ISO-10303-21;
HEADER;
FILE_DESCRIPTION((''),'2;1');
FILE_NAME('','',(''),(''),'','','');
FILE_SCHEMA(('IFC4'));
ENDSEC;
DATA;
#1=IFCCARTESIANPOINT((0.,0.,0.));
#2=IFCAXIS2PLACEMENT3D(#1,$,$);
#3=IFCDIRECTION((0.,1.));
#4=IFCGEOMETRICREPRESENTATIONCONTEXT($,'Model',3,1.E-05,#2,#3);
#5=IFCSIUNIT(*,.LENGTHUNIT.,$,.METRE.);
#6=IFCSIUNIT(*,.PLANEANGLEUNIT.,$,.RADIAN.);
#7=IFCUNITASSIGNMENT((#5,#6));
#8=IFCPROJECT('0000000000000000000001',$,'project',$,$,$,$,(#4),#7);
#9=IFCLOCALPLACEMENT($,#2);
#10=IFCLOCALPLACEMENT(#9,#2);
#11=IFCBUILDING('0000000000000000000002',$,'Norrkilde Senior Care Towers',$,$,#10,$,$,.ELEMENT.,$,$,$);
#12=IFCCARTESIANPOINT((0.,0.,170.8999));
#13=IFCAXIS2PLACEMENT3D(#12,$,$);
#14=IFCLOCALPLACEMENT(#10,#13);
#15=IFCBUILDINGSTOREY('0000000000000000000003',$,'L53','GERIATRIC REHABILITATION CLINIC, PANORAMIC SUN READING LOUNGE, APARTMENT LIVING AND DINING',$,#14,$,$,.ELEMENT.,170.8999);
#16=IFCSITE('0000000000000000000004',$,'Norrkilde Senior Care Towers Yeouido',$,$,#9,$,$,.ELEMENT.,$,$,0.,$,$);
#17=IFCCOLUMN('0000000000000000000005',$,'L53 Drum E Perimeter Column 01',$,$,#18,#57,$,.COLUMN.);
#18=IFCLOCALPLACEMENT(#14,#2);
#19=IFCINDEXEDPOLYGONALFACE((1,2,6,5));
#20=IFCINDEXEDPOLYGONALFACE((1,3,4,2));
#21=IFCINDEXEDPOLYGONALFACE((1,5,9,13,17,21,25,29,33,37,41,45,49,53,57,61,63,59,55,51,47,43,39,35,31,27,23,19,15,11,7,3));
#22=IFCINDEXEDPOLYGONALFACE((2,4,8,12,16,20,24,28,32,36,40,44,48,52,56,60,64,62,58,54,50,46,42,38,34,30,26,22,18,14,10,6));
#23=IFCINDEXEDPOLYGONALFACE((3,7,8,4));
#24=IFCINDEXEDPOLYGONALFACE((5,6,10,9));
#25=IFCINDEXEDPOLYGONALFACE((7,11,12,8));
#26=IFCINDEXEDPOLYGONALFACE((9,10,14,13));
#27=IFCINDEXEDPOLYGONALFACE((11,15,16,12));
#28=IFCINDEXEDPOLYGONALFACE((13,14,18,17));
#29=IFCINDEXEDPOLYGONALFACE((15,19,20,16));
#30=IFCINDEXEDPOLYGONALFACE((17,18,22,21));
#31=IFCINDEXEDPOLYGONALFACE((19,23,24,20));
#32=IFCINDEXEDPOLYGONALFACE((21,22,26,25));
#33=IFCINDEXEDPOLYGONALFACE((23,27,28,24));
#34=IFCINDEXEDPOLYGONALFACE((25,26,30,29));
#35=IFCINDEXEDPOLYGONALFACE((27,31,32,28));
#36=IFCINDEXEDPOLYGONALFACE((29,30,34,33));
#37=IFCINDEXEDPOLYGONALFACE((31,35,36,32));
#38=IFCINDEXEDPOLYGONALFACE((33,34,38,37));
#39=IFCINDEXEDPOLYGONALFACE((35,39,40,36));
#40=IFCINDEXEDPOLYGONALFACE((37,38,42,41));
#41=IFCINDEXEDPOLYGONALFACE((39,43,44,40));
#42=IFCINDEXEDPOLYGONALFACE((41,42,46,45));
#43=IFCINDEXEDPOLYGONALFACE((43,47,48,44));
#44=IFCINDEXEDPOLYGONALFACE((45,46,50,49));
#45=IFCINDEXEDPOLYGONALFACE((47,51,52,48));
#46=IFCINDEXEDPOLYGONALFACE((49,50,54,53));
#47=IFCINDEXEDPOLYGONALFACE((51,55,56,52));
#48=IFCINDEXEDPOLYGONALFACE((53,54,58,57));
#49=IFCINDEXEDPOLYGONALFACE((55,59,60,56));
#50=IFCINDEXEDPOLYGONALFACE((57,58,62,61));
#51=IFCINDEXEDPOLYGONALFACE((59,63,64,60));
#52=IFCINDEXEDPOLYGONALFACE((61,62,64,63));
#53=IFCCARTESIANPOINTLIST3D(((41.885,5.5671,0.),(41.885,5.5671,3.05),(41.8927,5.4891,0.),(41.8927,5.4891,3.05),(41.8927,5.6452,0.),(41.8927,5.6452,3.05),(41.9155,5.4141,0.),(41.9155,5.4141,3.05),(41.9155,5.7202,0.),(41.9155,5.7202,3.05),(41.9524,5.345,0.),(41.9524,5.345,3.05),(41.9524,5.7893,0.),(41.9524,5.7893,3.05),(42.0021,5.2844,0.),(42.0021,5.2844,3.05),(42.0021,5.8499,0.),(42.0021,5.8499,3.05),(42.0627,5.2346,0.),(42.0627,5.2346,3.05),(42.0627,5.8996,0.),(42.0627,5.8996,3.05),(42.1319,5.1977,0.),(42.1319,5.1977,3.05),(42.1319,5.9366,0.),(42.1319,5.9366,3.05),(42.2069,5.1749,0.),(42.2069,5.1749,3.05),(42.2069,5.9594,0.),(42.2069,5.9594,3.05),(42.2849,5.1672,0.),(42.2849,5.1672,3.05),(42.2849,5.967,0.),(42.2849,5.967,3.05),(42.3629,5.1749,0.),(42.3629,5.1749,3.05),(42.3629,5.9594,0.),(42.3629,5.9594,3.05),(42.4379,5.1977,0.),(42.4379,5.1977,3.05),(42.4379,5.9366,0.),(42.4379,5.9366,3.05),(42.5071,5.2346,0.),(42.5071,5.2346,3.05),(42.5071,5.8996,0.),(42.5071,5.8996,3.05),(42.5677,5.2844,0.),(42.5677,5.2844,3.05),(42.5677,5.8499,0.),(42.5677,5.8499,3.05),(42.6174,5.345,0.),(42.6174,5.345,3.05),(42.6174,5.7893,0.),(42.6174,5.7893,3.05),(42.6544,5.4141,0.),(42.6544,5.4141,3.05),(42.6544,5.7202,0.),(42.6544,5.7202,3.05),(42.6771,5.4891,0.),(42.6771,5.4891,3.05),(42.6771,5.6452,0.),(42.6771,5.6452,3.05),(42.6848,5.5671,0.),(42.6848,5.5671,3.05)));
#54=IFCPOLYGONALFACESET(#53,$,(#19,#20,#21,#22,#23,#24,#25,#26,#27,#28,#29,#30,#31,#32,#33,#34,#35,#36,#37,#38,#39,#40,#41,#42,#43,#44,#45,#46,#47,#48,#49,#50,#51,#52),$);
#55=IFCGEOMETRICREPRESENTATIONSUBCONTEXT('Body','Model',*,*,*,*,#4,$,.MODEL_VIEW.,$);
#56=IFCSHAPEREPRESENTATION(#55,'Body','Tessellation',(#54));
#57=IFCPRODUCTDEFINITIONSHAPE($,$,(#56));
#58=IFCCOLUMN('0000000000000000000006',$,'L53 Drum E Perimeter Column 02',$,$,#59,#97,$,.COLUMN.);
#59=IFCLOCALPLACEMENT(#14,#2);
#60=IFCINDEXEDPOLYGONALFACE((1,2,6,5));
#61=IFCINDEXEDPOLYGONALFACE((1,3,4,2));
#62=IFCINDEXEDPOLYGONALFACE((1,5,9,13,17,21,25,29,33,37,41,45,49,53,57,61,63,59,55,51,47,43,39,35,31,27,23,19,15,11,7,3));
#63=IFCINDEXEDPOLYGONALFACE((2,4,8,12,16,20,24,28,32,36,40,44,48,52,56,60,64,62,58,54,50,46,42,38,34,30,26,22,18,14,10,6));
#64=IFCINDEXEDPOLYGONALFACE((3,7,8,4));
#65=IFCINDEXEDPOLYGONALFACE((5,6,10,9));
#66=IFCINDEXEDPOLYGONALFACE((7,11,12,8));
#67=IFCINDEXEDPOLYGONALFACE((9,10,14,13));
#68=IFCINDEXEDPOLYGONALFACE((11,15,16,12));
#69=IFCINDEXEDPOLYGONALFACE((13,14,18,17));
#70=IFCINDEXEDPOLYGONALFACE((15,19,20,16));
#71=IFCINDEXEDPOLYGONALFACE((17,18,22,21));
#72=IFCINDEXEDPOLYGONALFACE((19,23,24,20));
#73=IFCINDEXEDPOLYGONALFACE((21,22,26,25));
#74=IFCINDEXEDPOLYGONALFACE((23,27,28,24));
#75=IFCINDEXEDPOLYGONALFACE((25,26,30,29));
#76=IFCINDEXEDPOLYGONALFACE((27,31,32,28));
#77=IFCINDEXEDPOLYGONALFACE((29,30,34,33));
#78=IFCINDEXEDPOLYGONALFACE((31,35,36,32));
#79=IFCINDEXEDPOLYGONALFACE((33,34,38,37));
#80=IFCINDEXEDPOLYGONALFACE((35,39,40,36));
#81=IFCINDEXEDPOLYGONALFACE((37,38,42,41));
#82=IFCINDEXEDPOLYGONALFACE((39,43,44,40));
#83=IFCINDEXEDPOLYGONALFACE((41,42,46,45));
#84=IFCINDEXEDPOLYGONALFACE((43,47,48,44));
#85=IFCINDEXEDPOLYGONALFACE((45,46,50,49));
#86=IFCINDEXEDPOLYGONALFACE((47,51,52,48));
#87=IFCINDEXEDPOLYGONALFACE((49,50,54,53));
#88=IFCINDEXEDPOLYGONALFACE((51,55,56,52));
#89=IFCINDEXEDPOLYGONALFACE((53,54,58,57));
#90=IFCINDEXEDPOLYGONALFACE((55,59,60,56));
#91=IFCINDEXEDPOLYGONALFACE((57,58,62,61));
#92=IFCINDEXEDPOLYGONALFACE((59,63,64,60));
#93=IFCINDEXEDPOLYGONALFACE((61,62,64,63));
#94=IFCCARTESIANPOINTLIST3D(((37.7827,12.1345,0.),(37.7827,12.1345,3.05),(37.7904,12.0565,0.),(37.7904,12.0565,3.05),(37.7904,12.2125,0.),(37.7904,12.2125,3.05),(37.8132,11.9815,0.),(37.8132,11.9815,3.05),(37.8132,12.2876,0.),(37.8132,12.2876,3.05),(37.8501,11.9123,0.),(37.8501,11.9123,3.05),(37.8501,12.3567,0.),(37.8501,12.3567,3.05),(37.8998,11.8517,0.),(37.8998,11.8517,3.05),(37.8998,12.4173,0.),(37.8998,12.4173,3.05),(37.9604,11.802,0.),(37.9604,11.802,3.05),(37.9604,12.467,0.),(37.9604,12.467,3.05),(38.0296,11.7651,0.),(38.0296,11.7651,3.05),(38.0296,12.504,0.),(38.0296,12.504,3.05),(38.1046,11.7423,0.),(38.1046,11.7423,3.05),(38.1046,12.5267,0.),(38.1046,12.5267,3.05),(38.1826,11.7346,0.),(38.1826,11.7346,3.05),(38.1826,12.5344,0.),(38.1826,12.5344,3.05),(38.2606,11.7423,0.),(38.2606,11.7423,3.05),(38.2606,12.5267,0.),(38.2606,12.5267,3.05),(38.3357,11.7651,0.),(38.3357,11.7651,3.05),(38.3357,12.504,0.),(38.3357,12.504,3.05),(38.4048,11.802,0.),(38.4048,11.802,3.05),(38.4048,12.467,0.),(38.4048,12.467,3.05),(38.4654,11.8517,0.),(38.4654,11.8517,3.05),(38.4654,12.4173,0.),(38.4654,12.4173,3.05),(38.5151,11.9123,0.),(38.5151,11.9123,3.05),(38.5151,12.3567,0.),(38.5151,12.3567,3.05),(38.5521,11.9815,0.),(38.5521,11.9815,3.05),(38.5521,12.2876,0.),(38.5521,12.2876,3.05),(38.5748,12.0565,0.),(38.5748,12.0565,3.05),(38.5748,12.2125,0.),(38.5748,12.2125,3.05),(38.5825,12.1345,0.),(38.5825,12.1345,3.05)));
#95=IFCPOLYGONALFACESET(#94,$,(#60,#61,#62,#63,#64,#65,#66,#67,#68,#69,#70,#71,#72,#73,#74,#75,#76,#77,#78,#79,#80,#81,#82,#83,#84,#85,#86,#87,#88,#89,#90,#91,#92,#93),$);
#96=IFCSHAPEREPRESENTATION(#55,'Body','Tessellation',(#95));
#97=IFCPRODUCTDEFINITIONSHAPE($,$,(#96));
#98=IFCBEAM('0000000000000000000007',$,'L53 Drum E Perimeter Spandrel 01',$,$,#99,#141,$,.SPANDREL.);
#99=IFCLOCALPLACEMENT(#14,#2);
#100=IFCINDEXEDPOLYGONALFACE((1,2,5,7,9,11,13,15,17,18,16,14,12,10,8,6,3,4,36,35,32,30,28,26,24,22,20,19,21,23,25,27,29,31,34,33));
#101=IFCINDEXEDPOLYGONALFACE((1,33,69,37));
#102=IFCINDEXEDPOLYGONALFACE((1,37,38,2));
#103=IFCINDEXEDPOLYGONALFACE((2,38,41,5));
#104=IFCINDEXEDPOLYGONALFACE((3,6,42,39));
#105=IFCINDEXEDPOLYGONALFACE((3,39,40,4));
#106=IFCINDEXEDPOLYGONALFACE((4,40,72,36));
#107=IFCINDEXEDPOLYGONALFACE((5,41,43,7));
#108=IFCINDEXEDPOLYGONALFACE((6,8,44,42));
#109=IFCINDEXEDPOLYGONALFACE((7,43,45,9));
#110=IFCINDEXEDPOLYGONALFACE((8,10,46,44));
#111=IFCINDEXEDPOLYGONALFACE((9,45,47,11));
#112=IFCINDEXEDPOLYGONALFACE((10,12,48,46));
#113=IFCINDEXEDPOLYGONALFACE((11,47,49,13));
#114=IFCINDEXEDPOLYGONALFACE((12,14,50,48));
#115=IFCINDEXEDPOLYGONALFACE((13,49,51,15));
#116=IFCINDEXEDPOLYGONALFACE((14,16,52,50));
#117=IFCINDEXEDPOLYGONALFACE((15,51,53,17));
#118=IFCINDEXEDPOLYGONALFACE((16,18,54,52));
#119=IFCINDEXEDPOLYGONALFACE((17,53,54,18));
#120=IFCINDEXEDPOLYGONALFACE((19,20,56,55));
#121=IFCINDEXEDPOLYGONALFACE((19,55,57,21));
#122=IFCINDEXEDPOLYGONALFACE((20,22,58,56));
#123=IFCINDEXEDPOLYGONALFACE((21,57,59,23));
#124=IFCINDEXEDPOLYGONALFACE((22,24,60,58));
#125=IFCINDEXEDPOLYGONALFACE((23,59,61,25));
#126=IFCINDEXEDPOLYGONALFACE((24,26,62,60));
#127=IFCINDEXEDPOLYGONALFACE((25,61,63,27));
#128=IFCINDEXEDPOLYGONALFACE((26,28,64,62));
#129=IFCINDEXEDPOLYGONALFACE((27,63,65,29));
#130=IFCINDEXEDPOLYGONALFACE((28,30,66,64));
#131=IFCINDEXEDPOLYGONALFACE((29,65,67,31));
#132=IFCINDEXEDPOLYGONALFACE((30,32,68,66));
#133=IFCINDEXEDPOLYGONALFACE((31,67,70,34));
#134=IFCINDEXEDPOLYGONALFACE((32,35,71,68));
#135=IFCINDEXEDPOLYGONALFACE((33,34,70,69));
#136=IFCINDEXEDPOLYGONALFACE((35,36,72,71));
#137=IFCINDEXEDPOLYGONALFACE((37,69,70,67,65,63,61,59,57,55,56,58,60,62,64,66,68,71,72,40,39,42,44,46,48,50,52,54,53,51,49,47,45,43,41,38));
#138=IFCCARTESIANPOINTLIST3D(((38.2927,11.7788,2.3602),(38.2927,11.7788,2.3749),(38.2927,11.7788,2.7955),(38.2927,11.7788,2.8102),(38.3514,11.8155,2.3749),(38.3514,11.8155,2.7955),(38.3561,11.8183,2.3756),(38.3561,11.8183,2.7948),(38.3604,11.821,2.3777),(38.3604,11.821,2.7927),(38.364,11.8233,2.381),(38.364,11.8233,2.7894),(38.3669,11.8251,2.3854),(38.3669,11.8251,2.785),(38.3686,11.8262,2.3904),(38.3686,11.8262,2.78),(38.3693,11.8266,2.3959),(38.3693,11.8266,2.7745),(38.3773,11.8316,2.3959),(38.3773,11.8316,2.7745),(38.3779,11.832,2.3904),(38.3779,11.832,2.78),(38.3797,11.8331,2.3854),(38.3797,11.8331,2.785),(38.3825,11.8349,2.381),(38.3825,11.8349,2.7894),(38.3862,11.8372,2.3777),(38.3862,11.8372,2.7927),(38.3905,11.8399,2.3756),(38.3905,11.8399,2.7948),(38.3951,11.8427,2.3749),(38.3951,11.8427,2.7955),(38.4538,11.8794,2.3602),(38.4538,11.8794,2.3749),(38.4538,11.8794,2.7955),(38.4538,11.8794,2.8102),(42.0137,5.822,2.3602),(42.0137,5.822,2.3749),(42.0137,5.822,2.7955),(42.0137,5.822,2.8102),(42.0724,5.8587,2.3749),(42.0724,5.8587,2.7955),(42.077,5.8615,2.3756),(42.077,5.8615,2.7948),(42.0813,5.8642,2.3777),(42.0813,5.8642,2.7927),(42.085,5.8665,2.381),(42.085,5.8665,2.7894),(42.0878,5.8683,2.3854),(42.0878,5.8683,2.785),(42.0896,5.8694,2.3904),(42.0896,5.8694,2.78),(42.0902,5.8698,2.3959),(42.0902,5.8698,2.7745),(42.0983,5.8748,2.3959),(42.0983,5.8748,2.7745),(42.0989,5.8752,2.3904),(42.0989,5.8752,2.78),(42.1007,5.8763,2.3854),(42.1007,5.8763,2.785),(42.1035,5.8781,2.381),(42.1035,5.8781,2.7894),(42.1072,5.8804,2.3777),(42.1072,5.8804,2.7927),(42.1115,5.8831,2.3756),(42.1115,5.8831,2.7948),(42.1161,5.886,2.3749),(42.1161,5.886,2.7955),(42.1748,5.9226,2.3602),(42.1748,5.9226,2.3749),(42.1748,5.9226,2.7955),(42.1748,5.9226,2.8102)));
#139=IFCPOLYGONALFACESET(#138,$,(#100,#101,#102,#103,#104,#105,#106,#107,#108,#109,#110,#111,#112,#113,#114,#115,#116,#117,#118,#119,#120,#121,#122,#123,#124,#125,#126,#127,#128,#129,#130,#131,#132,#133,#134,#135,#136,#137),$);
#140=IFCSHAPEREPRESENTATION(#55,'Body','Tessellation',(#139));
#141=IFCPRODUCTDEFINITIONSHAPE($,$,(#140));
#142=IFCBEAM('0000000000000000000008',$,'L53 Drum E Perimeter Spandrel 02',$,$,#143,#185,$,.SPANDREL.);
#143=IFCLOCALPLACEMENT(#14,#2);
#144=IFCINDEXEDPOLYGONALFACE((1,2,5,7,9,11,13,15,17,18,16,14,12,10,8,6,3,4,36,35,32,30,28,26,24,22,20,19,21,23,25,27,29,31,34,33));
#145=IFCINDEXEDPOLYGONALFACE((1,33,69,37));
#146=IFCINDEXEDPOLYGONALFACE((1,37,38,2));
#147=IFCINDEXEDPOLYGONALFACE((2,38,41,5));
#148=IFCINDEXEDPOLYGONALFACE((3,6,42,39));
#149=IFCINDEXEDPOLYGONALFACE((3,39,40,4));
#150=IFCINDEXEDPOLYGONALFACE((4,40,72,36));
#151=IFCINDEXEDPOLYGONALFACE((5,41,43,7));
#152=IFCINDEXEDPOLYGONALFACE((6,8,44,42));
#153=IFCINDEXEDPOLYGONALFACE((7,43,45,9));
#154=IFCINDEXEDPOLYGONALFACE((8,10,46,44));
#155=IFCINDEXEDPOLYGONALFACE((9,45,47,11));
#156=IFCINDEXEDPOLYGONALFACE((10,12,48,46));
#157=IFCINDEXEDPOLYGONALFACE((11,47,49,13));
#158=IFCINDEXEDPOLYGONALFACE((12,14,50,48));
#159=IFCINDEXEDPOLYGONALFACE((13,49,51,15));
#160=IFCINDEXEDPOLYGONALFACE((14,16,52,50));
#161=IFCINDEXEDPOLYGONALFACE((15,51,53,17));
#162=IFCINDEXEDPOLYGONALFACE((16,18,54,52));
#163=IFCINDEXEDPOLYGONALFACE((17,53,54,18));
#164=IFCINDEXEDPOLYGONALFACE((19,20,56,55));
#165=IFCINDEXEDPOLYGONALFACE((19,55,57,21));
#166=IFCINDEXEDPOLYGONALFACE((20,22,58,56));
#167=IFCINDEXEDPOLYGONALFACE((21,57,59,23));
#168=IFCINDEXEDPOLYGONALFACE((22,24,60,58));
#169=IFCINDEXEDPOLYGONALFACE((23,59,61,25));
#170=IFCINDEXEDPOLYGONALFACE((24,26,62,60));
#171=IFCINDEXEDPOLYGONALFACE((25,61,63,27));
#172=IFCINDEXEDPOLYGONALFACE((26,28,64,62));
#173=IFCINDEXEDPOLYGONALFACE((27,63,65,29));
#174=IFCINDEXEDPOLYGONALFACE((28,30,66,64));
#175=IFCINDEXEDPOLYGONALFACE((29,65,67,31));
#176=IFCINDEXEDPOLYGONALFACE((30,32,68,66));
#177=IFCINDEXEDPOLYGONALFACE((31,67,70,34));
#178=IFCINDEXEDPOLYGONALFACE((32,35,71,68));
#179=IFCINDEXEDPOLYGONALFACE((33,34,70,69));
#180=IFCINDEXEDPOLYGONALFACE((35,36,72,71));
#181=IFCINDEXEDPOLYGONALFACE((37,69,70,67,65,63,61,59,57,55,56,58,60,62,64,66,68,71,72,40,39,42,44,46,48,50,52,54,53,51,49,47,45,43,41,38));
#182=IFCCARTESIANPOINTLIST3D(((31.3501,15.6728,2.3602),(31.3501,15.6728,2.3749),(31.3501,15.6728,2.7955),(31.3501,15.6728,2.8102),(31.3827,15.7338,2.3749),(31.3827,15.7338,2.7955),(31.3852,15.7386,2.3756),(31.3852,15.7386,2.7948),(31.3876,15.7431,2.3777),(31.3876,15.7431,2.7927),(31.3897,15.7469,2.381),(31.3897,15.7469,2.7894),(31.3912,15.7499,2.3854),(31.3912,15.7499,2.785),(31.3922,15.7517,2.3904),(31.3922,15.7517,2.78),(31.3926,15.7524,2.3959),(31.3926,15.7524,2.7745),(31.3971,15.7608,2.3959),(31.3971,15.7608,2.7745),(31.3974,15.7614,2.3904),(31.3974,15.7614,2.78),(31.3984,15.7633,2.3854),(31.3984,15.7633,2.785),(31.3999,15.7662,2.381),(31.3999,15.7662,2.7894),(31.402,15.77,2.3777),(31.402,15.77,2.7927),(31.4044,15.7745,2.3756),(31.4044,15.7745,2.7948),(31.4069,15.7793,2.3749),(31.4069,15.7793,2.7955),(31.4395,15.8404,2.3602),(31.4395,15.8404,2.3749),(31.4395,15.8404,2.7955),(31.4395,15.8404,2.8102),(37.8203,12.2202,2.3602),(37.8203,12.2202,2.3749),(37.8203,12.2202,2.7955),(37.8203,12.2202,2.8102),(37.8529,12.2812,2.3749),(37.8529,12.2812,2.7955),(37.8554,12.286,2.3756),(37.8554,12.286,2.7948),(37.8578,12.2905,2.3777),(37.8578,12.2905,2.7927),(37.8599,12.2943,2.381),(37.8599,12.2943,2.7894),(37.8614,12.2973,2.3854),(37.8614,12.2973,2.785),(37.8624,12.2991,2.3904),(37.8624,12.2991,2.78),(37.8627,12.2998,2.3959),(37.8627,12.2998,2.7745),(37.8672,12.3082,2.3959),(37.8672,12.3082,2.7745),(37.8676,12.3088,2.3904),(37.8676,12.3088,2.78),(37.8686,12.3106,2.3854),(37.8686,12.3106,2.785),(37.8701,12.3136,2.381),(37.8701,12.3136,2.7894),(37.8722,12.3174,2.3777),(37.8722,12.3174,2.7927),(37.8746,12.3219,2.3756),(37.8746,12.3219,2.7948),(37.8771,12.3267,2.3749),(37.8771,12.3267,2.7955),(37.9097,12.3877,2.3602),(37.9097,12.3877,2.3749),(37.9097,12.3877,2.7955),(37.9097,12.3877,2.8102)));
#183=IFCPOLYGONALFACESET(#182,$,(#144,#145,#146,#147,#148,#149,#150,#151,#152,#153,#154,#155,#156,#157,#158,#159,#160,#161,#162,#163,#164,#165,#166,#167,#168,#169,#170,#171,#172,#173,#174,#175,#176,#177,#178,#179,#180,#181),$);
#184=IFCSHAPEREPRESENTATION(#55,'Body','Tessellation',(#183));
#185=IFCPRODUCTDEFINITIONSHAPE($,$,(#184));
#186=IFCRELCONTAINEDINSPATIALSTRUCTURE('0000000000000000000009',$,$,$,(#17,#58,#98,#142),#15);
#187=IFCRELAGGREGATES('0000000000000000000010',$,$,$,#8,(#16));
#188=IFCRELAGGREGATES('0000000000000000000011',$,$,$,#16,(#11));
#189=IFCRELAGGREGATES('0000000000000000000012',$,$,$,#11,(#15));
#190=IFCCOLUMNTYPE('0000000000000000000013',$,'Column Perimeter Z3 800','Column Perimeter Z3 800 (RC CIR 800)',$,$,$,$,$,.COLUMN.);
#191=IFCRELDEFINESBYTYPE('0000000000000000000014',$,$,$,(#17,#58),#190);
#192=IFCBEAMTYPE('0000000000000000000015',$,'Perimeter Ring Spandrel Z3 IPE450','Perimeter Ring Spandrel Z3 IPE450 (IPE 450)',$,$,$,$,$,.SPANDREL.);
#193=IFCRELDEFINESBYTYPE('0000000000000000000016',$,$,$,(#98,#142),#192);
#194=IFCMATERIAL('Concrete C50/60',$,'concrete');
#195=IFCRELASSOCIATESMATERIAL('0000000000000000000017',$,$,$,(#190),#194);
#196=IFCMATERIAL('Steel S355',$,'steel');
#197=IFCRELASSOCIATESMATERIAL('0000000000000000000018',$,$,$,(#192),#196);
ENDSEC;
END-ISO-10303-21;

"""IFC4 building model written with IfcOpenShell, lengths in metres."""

from ifc_helpers import new_model, si_unit, direction, frame, origin, origin_2d, place, context, subcontext, project, spatial, circle, i_section, extrude, source, transform, mapped, material, material_profile, profile_set, type_object, type_shapes, element, save


model = new_model("IFC4")

# Units and contexts
model_context = context("Model", 3, precision=1e-05, world=origin(), true_north=direction((0.0, 1.0)))
body_context = subcontext(model_context, "Body", "Model", "MODEL_VIEW")
ifc_project = project(units=[si_unit("LENGTHUNIT", "METRE"), si_unit("PLANEANGLEUNIT", "RADIAN")], contexts=[model_context])

# Site, building, storey
site_placement = place(None, origin())
site = spatial("IfcSite", under=ifc_project, at=site_placement, Name="Norrkilde Senior Care Towers Yeouido", CompositionType="ELEMENT", RefElevation=0.0)
building_placement = place(site_placement, origin())
building = spatial("IfcBuilding", under=site, at=building_placement, Name="Norrkilde Senior Care Towers", CompositionType="ELEMENT")
storey_placement = place(building_placement, frame((0.0, 0.0, 170.8999)))
storey = spatial("IfcBuildingStorey", under=building, at=storey_placement, Name="L53", Description="GERIATRIC REHABILITATION CLINIC, PANORAMIC SUN READING LOUNGE, APARTMENT LIVING AND DINING", CompositionType="ELEMENT", Elevation=170.8999)

# Columns
ifc_material_1 = material(Name="Concrete C50/60", Category="concrete")
ifc_material_profile_1 = material_profile(ifc_material_1, circle(Radius=0.3999, at=origin_2d()), Name="RC CIR 800")
ifc_profile_set_1 = profile_set([ifc_material_profile_1], Name="Concrete C50/60")
column_type = type_object("IfcColumnType", Name="Column Perimeter Z3 800", Description="Column Perimeter Z3 800 (RC CIR 800)", PredefinedType="COLUMN", material=ifc_profile_set_1)
shared_shape_1 = source(origin(), body_context, "Body", "SweptSolid", [
    extrude(circle(Radius=0.3999, at=origin_2d()), origin(), (0.0, 0.0, 1.0), 3.05),
])
type_shapes(column_type, [shared_shape_1])
for number, where, z_axis, x_axis, name in (
    (1, (42.2849, 5.5671, 0.0), (0.0, 0.0, 1.0), (1.0, 0.0, 0.0), "L53 Drum E Perimeter Column 01"),
    (2, (38.1826, 12.1345, 0.0), (0.0, 0.0, 1.0), (1.0, 0.0, 0.0), "L53 Drum E Perimeter Column 02"),
):
    element("IfcColumn", number, at=place(storey_placement, frame(where, z_axis=z_axis, x_axis=x_axis)), inside=storey, type_object=column_type, Name=name, PredefinedType="COLUMN", context=body_context, shape_type="MappedRepresentation", body=[
        mapped(shared_shape_1, transform((0.0, 0.0, 0.0), x_axis=(1.0, 0.0, 0.0), y_axis=(0.0, 1.0, 0.0), z_axis=(0.0, 0.0, 1.0), scale=1.0)),
    ])

# Beams
ifc_material_2 = material(Name="Steel S355", Category="steel")
ifc_material_profile_2 = material_profile(ifc_material_2, i_section(OverallWidth=0.1899, OverallDepth=0.45, WebThickness=0.0095, FlangeThickness=0.0146, FilletRadius=0.021, at=origin_2d()), Name="IPE 450")
ifc_profile_set_2 = profile_set([ifc_material_profile_2], Name="Steel S355")
beam_type_1 = type_object("IfcBeamType", Name="Perimeter Ring Spandrel Z3 IPE450", Description="Perimeter Ring Spandrel Z3 IPE450 (IPE 450)", PredefinedType="SPANDREL", material=ifc_profile_set_2)
shared_shape_2 = source(origin(), body_context, "Body", "SweptSolid", [
    extrude(i_section(OverallWidth=0.1899, OverallDepth=0.45, WebThickness=0.0095, FlangeThickness=0.0146, FilletRadius=0.021, at=origin_2d()), origin(), (0.0, 0.0, 1.0), 7.0234),
])
beam_1_placement = place(storey_placement, frame((42.0942, 5.8723, 2.5852), z_axis=(-0.52979, 0.848129, 0.0), x_axis=(-0.848129, -0.52979, 0.0)))
element("IfcBeam", 3, at=beam_1_placement, inside=storey, type_object=beam_type_1, Name="L53 Drum E Perimeter Spandrel 01", PredefinedType="SPANDREL", context=body_context, shape_type="MappedRepresentation", body=[
    mapped(shared_shape_2, transform((0.0, 0.0, 0.0), x_axis=(1.0, 0.0, 0.0), y_axis=(0.0, 1.0, 0.0), z_axis=(0.0, 0.0, 1.0), scale=1.0)),
])
shared_shape_3 = source(origin(), body_context, "Body", "SweptSolid", [
    extrude(i_section(OverallWidth=0.1899, OverallDepth=0.45, WebThickness=0.0095, FlangeThickness=0.0146, FilletRadius=0.021, at=origin_2d()), origin(), (0.0, 0.0, 1.0), 7.3337),
])
type_shapes(beam_type_1, [shared_shape_2, shared_shape_3])
beam_2_placement = place(storey_placement, frame((37.865, 12.304, 2.5852), z_axis=(-0.882248, 0.470785, 0.0), x_axis=(-0.470785, -0.882248, 0.0)))
element("IfcBeam", 4, at=beam_2_placement, inside=storey, type_object=beam_type_1, Name="L53 Drum E Perimeter Spandrel 02", PredefinedType="SPANDREL", context=body_context, shape_type="MappedRepresentation", body=[
    mapped(shared_shape_3, transform((0.0, 0.0, 0.0), x_axis=(1.0, 0.0, 0.0), y_axis=(0.0, 1.0, 0.0), z_axis=(0.0, 0.0, 1.0), scale=1.0)),
])

save(model, "model.ifc")
